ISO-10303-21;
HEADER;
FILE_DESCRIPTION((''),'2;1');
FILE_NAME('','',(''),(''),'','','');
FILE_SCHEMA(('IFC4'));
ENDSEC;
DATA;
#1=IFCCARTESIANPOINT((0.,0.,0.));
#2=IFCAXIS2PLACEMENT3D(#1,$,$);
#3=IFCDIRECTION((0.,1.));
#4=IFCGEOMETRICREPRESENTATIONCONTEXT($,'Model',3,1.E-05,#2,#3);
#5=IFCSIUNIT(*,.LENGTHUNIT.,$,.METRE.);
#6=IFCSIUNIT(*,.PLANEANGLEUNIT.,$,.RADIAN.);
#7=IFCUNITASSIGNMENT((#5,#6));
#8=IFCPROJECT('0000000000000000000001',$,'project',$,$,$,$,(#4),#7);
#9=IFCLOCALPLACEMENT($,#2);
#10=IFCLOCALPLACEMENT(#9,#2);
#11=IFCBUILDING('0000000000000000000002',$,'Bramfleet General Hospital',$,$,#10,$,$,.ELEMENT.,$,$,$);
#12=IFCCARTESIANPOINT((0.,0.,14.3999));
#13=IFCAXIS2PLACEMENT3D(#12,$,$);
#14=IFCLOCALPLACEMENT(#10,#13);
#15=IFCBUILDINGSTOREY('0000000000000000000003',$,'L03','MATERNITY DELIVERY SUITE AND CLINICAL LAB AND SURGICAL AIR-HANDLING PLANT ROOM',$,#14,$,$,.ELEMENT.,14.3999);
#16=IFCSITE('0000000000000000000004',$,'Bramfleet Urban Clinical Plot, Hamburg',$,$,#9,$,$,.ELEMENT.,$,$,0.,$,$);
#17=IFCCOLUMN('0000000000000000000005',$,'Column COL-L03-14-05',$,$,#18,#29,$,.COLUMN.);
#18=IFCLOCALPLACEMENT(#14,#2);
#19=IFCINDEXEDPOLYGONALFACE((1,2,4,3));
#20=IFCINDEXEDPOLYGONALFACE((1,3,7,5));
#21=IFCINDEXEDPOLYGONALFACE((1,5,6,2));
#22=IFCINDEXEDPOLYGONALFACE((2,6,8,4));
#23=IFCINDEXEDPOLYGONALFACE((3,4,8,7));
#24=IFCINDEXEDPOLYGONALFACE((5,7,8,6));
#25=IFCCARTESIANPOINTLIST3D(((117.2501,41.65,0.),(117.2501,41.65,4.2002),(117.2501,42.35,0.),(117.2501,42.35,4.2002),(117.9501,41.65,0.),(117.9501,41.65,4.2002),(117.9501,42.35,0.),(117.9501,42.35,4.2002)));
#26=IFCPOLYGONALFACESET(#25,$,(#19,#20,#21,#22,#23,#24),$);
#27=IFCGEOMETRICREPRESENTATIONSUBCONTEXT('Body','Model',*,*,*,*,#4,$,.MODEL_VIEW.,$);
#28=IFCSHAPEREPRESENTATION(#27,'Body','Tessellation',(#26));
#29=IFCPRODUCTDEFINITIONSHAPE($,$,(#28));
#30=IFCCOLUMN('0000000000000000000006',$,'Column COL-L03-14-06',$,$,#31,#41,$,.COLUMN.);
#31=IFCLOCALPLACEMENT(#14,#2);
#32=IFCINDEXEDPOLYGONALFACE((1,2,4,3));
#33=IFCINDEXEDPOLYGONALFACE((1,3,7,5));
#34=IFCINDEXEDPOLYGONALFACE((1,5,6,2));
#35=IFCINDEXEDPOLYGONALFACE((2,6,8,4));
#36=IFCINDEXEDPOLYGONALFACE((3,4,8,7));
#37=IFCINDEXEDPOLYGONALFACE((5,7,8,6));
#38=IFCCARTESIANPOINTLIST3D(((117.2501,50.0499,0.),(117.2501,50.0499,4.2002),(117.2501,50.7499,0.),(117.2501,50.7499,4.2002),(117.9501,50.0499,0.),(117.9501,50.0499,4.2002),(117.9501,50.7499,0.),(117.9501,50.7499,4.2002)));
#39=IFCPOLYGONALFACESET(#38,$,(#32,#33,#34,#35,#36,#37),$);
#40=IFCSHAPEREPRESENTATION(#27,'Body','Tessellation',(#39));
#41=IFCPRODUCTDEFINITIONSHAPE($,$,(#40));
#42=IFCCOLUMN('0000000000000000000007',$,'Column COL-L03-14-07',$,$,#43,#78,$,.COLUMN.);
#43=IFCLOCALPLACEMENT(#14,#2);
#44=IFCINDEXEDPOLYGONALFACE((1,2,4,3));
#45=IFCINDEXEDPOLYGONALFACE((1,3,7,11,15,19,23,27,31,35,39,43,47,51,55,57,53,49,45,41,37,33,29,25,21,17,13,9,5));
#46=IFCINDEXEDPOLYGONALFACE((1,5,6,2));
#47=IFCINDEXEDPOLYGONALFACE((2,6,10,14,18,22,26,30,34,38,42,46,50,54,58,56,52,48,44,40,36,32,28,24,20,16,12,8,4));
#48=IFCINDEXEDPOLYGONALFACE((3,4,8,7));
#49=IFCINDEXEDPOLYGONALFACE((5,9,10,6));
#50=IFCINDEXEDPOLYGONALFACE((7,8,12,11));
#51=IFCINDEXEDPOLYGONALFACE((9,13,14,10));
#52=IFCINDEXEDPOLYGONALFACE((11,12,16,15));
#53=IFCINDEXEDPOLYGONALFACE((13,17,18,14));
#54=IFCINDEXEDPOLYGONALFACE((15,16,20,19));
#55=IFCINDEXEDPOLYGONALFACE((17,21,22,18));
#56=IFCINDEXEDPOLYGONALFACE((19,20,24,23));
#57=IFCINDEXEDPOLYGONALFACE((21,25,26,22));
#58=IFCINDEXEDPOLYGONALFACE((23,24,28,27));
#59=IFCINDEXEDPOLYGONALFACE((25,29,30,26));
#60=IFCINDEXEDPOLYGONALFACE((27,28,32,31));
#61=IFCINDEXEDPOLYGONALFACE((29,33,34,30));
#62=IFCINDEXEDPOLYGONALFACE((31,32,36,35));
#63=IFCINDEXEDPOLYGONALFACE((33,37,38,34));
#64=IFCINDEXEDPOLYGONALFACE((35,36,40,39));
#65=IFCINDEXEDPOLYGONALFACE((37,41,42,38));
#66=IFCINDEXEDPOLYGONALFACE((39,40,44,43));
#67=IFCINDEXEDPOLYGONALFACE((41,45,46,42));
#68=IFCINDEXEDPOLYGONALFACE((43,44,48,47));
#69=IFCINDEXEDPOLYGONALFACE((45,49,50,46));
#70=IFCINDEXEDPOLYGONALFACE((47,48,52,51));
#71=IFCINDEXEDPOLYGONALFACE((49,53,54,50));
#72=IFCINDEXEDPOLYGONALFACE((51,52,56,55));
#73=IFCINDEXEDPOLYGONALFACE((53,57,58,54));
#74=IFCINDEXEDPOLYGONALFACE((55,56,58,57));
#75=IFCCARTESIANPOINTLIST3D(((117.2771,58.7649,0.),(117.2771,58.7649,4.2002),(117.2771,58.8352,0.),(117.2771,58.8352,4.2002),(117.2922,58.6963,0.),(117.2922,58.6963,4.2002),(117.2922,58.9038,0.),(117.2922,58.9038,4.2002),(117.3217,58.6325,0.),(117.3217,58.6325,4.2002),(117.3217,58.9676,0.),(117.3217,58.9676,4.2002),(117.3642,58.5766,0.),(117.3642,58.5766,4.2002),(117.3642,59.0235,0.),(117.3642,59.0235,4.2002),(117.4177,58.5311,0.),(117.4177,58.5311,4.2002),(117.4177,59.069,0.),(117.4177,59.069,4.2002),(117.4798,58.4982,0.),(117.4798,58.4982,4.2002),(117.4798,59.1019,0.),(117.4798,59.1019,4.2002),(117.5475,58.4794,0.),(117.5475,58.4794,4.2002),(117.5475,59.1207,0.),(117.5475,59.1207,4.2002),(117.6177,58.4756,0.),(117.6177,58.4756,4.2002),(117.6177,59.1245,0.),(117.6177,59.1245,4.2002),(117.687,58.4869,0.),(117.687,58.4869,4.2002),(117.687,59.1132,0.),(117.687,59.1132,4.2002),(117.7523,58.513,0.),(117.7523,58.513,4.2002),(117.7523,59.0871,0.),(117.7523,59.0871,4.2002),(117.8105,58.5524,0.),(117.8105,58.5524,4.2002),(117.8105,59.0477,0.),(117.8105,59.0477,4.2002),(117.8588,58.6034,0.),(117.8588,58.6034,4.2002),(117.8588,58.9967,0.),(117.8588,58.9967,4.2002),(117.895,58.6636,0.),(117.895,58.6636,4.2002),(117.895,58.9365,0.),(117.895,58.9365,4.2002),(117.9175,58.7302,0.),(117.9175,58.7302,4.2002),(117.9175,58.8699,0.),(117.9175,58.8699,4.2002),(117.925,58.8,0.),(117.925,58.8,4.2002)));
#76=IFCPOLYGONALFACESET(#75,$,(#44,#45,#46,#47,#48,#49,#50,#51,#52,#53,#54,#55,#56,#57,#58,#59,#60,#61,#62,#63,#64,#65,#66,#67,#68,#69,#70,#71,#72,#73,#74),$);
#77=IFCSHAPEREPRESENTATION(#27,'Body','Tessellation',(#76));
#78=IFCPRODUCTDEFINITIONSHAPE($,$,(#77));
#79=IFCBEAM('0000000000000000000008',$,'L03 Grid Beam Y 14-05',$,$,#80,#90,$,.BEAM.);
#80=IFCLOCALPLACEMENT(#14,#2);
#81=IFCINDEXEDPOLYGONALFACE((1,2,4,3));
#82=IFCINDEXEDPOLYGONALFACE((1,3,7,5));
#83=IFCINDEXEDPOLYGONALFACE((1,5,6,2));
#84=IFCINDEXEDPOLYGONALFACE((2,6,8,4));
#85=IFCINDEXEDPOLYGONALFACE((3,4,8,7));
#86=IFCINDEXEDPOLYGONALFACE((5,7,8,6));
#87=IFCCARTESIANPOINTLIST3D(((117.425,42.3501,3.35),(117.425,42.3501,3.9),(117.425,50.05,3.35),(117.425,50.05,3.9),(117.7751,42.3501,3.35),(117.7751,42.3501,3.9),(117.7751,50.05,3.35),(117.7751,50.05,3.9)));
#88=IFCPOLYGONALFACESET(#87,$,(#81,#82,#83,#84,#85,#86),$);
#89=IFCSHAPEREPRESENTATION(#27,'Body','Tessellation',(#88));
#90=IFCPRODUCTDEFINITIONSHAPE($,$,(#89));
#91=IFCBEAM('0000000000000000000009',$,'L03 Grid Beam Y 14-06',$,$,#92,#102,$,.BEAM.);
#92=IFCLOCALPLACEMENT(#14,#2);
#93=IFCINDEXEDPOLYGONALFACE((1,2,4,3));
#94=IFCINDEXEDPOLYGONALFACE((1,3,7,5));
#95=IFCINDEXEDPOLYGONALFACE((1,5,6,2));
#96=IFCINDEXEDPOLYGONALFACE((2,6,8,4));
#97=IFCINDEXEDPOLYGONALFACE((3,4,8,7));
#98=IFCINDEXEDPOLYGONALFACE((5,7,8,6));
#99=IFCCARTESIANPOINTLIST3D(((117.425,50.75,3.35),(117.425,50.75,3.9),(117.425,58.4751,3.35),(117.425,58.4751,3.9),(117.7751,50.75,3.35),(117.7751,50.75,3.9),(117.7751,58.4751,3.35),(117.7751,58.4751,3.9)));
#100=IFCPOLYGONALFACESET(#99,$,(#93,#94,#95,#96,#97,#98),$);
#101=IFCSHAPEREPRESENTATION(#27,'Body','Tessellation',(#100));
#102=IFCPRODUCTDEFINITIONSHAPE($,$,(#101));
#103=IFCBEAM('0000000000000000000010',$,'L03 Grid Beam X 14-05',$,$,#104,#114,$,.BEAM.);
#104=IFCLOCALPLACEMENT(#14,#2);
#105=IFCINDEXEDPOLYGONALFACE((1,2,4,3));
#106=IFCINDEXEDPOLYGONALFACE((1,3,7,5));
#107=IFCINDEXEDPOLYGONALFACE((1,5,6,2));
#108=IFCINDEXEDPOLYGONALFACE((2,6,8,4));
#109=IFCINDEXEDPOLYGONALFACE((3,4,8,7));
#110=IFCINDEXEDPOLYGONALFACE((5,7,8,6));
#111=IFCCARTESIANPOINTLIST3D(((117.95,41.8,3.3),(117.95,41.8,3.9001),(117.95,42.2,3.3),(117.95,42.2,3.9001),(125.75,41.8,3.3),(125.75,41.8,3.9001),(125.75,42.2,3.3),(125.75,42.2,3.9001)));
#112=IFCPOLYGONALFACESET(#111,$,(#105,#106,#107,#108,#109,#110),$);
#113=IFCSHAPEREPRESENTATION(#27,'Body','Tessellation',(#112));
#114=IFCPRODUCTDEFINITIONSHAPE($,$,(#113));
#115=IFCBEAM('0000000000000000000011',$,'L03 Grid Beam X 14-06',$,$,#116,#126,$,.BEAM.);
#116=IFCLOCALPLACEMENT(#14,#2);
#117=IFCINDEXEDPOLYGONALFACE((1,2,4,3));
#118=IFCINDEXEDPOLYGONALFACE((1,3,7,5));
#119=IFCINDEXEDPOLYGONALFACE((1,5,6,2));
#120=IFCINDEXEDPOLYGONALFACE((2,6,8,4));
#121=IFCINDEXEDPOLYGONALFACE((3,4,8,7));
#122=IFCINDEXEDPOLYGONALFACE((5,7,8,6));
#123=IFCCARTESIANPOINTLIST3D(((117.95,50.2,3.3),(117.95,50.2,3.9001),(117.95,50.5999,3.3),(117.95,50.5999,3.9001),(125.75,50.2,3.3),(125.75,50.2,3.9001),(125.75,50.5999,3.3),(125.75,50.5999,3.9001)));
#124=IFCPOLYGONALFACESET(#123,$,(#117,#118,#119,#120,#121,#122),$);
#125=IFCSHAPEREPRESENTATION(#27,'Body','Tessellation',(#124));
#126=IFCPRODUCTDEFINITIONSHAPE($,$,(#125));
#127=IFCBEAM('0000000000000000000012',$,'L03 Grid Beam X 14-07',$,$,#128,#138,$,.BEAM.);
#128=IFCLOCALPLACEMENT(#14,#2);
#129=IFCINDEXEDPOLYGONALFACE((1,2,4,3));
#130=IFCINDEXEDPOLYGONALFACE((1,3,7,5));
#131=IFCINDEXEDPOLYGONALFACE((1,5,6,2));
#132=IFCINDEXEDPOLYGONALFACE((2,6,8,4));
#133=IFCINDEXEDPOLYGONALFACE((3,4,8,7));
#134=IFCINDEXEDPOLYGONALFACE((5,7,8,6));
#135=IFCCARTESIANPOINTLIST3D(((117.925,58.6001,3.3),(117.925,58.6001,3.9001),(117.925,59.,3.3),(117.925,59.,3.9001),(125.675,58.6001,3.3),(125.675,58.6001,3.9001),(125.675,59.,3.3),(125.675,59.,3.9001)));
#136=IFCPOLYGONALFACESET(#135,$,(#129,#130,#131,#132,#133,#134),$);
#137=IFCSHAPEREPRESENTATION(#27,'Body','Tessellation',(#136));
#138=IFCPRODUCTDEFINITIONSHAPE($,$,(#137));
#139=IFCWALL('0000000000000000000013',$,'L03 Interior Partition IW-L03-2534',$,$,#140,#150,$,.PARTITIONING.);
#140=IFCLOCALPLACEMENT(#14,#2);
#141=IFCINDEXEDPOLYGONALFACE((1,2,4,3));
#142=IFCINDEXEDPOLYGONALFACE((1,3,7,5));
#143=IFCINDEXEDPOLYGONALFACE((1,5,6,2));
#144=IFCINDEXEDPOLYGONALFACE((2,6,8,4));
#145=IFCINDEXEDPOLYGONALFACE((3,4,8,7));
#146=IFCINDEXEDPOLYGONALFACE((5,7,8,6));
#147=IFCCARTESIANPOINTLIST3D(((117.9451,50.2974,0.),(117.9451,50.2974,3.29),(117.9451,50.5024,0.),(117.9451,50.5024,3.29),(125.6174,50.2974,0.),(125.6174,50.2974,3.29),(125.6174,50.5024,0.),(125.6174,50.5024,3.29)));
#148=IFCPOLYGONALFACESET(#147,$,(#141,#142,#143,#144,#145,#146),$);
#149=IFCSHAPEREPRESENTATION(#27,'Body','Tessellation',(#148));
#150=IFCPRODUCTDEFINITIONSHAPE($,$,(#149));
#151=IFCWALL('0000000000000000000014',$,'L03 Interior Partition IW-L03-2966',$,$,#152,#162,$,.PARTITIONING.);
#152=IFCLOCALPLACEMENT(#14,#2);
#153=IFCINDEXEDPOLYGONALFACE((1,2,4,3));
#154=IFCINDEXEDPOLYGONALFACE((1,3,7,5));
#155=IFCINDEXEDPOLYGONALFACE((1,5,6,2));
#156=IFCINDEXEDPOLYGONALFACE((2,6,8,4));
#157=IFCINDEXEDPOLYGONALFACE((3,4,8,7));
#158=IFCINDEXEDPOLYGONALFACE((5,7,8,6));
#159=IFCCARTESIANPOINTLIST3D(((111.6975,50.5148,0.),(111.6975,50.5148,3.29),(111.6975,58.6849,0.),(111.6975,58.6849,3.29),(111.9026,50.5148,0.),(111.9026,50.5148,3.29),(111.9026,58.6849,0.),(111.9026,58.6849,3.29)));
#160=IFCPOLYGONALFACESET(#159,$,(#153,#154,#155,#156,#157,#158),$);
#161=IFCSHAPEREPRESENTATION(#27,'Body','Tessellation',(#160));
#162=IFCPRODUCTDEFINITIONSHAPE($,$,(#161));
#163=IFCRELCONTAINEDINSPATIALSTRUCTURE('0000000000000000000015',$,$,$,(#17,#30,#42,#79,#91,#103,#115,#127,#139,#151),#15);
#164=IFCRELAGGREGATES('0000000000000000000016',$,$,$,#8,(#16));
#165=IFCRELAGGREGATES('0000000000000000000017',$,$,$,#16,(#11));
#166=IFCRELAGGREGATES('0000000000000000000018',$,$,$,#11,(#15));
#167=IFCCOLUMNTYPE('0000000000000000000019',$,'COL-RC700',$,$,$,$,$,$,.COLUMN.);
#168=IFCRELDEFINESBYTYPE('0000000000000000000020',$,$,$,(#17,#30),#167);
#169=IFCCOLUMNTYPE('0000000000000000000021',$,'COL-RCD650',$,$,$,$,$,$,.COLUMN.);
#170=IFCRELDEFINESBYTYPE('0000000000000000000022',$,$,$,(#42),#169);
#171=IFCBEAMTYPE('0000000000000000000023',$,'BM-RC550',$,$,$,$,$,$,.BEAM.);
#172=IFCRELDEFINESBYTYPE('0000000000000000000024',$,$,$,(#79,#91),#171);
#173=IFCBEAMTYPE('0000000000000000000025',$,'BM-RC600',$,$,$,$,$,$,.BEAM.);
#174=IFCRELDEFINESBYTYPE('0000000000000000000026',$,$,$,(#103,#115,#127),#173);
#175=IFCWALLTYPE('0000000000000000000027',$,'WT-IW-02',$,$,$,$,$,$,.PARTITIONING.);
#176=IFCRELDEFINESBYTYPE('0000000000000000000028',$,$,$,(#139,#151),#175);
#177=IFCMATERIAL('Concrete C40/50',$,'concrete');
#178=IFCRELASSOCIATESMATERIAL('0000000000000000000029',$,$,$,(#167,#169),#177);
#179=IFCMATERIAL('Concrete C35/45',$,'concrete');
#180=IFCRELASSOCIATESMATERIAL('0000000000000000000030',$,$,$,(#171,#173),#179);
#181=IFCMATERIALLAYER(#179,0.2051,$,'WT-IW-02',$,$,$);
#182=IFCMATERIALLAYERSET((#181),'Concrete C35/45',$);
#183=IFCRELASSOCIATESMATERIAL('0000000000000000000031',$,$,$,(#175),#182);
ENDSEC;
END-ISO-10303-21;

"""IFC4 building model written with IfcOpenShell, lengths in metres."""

from ifc_helpers import new_model, si_unit, direction, frame, frame_2d, origin, origin_2d, place, context, subcontext, project, spatial, rectangle, circle, extrude, material, layer, layer_set, material_profile, profile_set, type_object, element, save


model = new_model("IFC4")

# Units and contexts
model_context = context("Model", 3, precision=1e-05, world=origin(), true_north=direction((0.0, 1.0)))
body_context = subcontext(model_context, "Body", "Model", "MODEL_VIEW")
ifc_project = project(units=[si_unit("LENGTHUNIT", "METRE"), si_unit("PLANEANGLEUNIT", "RADIAN")], contexts=[model_context])

# Site, building, storey
site_placement = place(None, origin())
site = spatial("IfcSite", under=ifc_project, at=site_placement, Name="Bramfleet Urban Clinical Plot, Hamburg", CompositionType="ELEMENT", RefElevation=0.0)
building_placement = place(site_placement, origin())
building = spatial("IfcBuilding", under=site, at=building_placement, Name="Bramfleet General Hospital", CompositionType="ELEMENT")
storey_placement = place(building_placement, frame((0.0, 0.0, 14.3999)))
storey = spatial("IfcBuildingStorey", under=building, at=storey_placement, Name="L03", Description="MATERNITY DELIVERY SUITE AND CLINICAL LAB AND SURGICAL AIR-HANDLING PLANT ROOM", CompositionType="ELEMENT", Elevation=14.3999)

# Columns
ifc_material_1 = material(Name="Concrete C40/50", Category="concrete")
ifc_material_profile_1 = material_profile(ifc_material_1, rectangle(XDim=0.7, YDim=0.7, at=origin_2d()), Name="RC COL 700x700")
ifc_profile_set_1 = profile_set([ifc_material_profile_1], Name="Concrete C40/50")
column_type_1 = type_object("IfcColumnType", Name="COL-RC700", PredefinedType="COLUMN", material=ifc_profile_set_1)
for number, where, z_axis, x_axis, name in (
    (1, (117.6001, 42.0, 0.0), (0.0, 0.0, 1.0), (1.0, 0.0, 0.0), "Column COL-L03-14-05"),
    (2, (117.6001, 50.3999, 0.0), (0.0, 0.0, 1.0), (1.0, 0.0, 0.0), "Column COL-L03-14-06"),
):
    element("IfcColumn", number, at=place(storey_placement, frame(where, z_axis=z_axis, x_axis=x_axis)), inside=storey, type_object=column_type_1, Name=name, PredefinedType="COLUMN", context=body_context, shape_type="SweptSolid", body=[
        extrude(rectangle(XDim=0.7, YDim=0.7, at=origin_2d()), origin(), (0.0, 0.0, 1.0), 4.2002),
    ])
ifc_material_profile_2 = material_profile(ifc_material_1, circle(Radius=0.325, at=origin_2d()), Name="RC ROUND D650")
ifc_profile_set_2 = profile_set([ifc_material_profile_2], Name="Concrete C40/50")
column_type_2 = type_object("IfcColumnType", Name="COL-RCD650", PredefinedType="COLUMN", material=ifc_profile_set_2)
column_placement = place(storey_placement, frame((117.6001, 58.8, 0.0), z_axis=(0.0, 0.0, 1.0), x_axis=(1.0, 0.0, 0.0)))
element("IfcColumn", 3, at=column_placement, inside=storey, type_object=column_type_2, Name="Column COL-L03-14-07", PredefinedType="COLUMN", context=body_context, shape_type="SweptSolid", body=[
    extrude(circle(Radius=0.325, at=origin_2d()), origin(), (0.0, 0.0, 1.0), 4.2002),
])

# Beams
ifc_material_2 = material(Name="Concrete C35/45", Category="concrete")
ifc_material_profile_3 = material_profile(ifc_material_2, rectangle(XDim=0.3501, YDim=0.55, at=origin_2d()), Name="RC BM 550x350")
ifc_profile_set_3 = profile_set([ifc_material_profile_3], Name="Concrete C35/45")
beam_type_1 = type_object("IfcBeamType", Name="BM-RC550", PredefinedType="BEAM", material=ifc_profile_set_3)
beam_1_placement = place(storey_placement, frame((117.6001, 42.3501, 3.625), z_axis=(0.0, 1.0, 0.0), x_axis=(-1.0, 0.0, 0.0)))
element("IfcBeam", 4, at=beam_1_placement, inside=storey, type_object=beam_type_1, Name="L03 Grid Beam Y 14-05", PredefinedType="BEAM", context=body_context, shape_type="SweptSolid", body=[
    extrude(rectangle(XDim=0.3501, YDim=0.55, at=origin_2d()), origin(), (0.0, 0.0, 1.0), 7.7),
])
beam_2_placement = place(storey_placement, frame((117.6001, 50.75, 3.625), z_axis=(0.0, 1.0, 0.0), x_axis=(-1.0, 0.0, 0.0)))
element("IfcBeam", 5, at=beam_2_placement, inside=storey, type_object=beam_type_1, Name="L03 Grid Beam Y 14-06", PredefinedType="BEAM", context=body_context, shape_type="SweptSolid", body=[
    extrude(rectangle(XDim=0.3501, YDim=0.55, at=origin_2d()), origin(), (0.0, 0.0, 1.0), 7.7251),
])
ifc_material_profile_4 = material_profile(ifc_material_2, rectangle(XDim=0.3999, YDim=0.6001, at=origin_2d()), Name="RC BM 600x400")
ifc_profile_set_4 = profile_set([ifc_material_profile_4], Name="Concrete C35/45")
beam_type_2 = type_object("IfcBeamType", Name="BM-RC600", PredefinedType="BEAM", material=ifc_profile_set_4)
for number, where, z_axis, x_axis, name in (
    (6, (117.95, 42.0, 3.6001), (1.0, 0.0, 0.0), (0.0, 1.0, 0.0), "L03 Grid Beam X 14-05"),
    (7, (117.95, 50.3999, 3.6001), (1.0, 0.0, 0.0), (0.0, 1.0, 0.0), "L03 Grid Beam X 14-06"),
):
    element("IfcBeam", number, at=place(storey_placement, frame(where, z_axis=z_axis, x_axis=x_axis)), inside=storey, type_object=beam_type_2, Name=name, PredefinedType="BEAM", context=body_context, shape_type="SweptSolid", body=[
        extrude(rectangle(XDim=0.3999, YDim=0.6001, at=origin_2d()), origin(), (0.0, 0.0, 1.0), 7.8),
    ])
beam_3_placement = place(storey_placement, frame((117.925, 58.8, 3.6001), z_axis=(1.0, 0.0, 0.0), x_axis=(0.0, 1.0, 0.0)))
element("IfcBeam", 8, at=beam_3_placement, inside=storey, type_object=beam_type_2, Name="L03 Grid Beam X 14-07", PredefinedType="BEAM", context=body_context, shape_type="SweptSolid", body=[
    extrude(rectangle(XDim=0.3999, YDim=0.6001, at=origin_2d()), origin(), (0.0, 0.0, 1.0), 7.75),
])

# Walls
ifc_layer_1 = layer(ifc_material_2, 0.2051, Name="WT-IW-02")
ifc_layer_set_1 = layer_set([ifc_layer_1], Name="Concrete C35/45")
wall_type_1 = type_object("IfcWallType", Name="WT-IW-02", PredefinedType="PARTITIONING", material=ifc_layer_set_1)
wall_1_placement = place(storey_placement, frame((117.9451, 50.3999, 0.0), z_axis=(0.0, 0.0, 1.0), x_axis=(1.0, 0.0, 0.0)))
element("IfcWall", 9, at=wall_1_placement, inside=storey, type_object=wall_type_1, Name="L03 Interior Partition IW-L03-2534", PredefinedType="PARTITIONING", context=body_context, shape_type="SweptSolid", body=[
    extrude(rectangle(XDim=7.6724, YDim=0.2051, at=frame_2d((3.8362, 0.0))), origin(), (0.0, 0.0, 1.0), 3.29),
])
wall_2_placement = place(storey_placement, frame((111.8, 50.5149, 0.0), z_axis=(0.0, 0.0, 1.0), x_axis=(0.0, 1.0, 0.0)))
element("IfcWall", 10, at=wall_2_placement, inside=storey, type_object=wall_type_1, Name="L03 Interior Partition IW-L03-2966", PredefinedType="PARTITIONING", context=body_context, shape_type="SweptSolid", body=[
    extrude(rectangle(XDim=8.1702, YDim=0.2051, at=frame_2d((4.085, 0.0))), origin(), (0.0, 0.0, 1.0), 3.29),
])

save(model, "model.ifc")
